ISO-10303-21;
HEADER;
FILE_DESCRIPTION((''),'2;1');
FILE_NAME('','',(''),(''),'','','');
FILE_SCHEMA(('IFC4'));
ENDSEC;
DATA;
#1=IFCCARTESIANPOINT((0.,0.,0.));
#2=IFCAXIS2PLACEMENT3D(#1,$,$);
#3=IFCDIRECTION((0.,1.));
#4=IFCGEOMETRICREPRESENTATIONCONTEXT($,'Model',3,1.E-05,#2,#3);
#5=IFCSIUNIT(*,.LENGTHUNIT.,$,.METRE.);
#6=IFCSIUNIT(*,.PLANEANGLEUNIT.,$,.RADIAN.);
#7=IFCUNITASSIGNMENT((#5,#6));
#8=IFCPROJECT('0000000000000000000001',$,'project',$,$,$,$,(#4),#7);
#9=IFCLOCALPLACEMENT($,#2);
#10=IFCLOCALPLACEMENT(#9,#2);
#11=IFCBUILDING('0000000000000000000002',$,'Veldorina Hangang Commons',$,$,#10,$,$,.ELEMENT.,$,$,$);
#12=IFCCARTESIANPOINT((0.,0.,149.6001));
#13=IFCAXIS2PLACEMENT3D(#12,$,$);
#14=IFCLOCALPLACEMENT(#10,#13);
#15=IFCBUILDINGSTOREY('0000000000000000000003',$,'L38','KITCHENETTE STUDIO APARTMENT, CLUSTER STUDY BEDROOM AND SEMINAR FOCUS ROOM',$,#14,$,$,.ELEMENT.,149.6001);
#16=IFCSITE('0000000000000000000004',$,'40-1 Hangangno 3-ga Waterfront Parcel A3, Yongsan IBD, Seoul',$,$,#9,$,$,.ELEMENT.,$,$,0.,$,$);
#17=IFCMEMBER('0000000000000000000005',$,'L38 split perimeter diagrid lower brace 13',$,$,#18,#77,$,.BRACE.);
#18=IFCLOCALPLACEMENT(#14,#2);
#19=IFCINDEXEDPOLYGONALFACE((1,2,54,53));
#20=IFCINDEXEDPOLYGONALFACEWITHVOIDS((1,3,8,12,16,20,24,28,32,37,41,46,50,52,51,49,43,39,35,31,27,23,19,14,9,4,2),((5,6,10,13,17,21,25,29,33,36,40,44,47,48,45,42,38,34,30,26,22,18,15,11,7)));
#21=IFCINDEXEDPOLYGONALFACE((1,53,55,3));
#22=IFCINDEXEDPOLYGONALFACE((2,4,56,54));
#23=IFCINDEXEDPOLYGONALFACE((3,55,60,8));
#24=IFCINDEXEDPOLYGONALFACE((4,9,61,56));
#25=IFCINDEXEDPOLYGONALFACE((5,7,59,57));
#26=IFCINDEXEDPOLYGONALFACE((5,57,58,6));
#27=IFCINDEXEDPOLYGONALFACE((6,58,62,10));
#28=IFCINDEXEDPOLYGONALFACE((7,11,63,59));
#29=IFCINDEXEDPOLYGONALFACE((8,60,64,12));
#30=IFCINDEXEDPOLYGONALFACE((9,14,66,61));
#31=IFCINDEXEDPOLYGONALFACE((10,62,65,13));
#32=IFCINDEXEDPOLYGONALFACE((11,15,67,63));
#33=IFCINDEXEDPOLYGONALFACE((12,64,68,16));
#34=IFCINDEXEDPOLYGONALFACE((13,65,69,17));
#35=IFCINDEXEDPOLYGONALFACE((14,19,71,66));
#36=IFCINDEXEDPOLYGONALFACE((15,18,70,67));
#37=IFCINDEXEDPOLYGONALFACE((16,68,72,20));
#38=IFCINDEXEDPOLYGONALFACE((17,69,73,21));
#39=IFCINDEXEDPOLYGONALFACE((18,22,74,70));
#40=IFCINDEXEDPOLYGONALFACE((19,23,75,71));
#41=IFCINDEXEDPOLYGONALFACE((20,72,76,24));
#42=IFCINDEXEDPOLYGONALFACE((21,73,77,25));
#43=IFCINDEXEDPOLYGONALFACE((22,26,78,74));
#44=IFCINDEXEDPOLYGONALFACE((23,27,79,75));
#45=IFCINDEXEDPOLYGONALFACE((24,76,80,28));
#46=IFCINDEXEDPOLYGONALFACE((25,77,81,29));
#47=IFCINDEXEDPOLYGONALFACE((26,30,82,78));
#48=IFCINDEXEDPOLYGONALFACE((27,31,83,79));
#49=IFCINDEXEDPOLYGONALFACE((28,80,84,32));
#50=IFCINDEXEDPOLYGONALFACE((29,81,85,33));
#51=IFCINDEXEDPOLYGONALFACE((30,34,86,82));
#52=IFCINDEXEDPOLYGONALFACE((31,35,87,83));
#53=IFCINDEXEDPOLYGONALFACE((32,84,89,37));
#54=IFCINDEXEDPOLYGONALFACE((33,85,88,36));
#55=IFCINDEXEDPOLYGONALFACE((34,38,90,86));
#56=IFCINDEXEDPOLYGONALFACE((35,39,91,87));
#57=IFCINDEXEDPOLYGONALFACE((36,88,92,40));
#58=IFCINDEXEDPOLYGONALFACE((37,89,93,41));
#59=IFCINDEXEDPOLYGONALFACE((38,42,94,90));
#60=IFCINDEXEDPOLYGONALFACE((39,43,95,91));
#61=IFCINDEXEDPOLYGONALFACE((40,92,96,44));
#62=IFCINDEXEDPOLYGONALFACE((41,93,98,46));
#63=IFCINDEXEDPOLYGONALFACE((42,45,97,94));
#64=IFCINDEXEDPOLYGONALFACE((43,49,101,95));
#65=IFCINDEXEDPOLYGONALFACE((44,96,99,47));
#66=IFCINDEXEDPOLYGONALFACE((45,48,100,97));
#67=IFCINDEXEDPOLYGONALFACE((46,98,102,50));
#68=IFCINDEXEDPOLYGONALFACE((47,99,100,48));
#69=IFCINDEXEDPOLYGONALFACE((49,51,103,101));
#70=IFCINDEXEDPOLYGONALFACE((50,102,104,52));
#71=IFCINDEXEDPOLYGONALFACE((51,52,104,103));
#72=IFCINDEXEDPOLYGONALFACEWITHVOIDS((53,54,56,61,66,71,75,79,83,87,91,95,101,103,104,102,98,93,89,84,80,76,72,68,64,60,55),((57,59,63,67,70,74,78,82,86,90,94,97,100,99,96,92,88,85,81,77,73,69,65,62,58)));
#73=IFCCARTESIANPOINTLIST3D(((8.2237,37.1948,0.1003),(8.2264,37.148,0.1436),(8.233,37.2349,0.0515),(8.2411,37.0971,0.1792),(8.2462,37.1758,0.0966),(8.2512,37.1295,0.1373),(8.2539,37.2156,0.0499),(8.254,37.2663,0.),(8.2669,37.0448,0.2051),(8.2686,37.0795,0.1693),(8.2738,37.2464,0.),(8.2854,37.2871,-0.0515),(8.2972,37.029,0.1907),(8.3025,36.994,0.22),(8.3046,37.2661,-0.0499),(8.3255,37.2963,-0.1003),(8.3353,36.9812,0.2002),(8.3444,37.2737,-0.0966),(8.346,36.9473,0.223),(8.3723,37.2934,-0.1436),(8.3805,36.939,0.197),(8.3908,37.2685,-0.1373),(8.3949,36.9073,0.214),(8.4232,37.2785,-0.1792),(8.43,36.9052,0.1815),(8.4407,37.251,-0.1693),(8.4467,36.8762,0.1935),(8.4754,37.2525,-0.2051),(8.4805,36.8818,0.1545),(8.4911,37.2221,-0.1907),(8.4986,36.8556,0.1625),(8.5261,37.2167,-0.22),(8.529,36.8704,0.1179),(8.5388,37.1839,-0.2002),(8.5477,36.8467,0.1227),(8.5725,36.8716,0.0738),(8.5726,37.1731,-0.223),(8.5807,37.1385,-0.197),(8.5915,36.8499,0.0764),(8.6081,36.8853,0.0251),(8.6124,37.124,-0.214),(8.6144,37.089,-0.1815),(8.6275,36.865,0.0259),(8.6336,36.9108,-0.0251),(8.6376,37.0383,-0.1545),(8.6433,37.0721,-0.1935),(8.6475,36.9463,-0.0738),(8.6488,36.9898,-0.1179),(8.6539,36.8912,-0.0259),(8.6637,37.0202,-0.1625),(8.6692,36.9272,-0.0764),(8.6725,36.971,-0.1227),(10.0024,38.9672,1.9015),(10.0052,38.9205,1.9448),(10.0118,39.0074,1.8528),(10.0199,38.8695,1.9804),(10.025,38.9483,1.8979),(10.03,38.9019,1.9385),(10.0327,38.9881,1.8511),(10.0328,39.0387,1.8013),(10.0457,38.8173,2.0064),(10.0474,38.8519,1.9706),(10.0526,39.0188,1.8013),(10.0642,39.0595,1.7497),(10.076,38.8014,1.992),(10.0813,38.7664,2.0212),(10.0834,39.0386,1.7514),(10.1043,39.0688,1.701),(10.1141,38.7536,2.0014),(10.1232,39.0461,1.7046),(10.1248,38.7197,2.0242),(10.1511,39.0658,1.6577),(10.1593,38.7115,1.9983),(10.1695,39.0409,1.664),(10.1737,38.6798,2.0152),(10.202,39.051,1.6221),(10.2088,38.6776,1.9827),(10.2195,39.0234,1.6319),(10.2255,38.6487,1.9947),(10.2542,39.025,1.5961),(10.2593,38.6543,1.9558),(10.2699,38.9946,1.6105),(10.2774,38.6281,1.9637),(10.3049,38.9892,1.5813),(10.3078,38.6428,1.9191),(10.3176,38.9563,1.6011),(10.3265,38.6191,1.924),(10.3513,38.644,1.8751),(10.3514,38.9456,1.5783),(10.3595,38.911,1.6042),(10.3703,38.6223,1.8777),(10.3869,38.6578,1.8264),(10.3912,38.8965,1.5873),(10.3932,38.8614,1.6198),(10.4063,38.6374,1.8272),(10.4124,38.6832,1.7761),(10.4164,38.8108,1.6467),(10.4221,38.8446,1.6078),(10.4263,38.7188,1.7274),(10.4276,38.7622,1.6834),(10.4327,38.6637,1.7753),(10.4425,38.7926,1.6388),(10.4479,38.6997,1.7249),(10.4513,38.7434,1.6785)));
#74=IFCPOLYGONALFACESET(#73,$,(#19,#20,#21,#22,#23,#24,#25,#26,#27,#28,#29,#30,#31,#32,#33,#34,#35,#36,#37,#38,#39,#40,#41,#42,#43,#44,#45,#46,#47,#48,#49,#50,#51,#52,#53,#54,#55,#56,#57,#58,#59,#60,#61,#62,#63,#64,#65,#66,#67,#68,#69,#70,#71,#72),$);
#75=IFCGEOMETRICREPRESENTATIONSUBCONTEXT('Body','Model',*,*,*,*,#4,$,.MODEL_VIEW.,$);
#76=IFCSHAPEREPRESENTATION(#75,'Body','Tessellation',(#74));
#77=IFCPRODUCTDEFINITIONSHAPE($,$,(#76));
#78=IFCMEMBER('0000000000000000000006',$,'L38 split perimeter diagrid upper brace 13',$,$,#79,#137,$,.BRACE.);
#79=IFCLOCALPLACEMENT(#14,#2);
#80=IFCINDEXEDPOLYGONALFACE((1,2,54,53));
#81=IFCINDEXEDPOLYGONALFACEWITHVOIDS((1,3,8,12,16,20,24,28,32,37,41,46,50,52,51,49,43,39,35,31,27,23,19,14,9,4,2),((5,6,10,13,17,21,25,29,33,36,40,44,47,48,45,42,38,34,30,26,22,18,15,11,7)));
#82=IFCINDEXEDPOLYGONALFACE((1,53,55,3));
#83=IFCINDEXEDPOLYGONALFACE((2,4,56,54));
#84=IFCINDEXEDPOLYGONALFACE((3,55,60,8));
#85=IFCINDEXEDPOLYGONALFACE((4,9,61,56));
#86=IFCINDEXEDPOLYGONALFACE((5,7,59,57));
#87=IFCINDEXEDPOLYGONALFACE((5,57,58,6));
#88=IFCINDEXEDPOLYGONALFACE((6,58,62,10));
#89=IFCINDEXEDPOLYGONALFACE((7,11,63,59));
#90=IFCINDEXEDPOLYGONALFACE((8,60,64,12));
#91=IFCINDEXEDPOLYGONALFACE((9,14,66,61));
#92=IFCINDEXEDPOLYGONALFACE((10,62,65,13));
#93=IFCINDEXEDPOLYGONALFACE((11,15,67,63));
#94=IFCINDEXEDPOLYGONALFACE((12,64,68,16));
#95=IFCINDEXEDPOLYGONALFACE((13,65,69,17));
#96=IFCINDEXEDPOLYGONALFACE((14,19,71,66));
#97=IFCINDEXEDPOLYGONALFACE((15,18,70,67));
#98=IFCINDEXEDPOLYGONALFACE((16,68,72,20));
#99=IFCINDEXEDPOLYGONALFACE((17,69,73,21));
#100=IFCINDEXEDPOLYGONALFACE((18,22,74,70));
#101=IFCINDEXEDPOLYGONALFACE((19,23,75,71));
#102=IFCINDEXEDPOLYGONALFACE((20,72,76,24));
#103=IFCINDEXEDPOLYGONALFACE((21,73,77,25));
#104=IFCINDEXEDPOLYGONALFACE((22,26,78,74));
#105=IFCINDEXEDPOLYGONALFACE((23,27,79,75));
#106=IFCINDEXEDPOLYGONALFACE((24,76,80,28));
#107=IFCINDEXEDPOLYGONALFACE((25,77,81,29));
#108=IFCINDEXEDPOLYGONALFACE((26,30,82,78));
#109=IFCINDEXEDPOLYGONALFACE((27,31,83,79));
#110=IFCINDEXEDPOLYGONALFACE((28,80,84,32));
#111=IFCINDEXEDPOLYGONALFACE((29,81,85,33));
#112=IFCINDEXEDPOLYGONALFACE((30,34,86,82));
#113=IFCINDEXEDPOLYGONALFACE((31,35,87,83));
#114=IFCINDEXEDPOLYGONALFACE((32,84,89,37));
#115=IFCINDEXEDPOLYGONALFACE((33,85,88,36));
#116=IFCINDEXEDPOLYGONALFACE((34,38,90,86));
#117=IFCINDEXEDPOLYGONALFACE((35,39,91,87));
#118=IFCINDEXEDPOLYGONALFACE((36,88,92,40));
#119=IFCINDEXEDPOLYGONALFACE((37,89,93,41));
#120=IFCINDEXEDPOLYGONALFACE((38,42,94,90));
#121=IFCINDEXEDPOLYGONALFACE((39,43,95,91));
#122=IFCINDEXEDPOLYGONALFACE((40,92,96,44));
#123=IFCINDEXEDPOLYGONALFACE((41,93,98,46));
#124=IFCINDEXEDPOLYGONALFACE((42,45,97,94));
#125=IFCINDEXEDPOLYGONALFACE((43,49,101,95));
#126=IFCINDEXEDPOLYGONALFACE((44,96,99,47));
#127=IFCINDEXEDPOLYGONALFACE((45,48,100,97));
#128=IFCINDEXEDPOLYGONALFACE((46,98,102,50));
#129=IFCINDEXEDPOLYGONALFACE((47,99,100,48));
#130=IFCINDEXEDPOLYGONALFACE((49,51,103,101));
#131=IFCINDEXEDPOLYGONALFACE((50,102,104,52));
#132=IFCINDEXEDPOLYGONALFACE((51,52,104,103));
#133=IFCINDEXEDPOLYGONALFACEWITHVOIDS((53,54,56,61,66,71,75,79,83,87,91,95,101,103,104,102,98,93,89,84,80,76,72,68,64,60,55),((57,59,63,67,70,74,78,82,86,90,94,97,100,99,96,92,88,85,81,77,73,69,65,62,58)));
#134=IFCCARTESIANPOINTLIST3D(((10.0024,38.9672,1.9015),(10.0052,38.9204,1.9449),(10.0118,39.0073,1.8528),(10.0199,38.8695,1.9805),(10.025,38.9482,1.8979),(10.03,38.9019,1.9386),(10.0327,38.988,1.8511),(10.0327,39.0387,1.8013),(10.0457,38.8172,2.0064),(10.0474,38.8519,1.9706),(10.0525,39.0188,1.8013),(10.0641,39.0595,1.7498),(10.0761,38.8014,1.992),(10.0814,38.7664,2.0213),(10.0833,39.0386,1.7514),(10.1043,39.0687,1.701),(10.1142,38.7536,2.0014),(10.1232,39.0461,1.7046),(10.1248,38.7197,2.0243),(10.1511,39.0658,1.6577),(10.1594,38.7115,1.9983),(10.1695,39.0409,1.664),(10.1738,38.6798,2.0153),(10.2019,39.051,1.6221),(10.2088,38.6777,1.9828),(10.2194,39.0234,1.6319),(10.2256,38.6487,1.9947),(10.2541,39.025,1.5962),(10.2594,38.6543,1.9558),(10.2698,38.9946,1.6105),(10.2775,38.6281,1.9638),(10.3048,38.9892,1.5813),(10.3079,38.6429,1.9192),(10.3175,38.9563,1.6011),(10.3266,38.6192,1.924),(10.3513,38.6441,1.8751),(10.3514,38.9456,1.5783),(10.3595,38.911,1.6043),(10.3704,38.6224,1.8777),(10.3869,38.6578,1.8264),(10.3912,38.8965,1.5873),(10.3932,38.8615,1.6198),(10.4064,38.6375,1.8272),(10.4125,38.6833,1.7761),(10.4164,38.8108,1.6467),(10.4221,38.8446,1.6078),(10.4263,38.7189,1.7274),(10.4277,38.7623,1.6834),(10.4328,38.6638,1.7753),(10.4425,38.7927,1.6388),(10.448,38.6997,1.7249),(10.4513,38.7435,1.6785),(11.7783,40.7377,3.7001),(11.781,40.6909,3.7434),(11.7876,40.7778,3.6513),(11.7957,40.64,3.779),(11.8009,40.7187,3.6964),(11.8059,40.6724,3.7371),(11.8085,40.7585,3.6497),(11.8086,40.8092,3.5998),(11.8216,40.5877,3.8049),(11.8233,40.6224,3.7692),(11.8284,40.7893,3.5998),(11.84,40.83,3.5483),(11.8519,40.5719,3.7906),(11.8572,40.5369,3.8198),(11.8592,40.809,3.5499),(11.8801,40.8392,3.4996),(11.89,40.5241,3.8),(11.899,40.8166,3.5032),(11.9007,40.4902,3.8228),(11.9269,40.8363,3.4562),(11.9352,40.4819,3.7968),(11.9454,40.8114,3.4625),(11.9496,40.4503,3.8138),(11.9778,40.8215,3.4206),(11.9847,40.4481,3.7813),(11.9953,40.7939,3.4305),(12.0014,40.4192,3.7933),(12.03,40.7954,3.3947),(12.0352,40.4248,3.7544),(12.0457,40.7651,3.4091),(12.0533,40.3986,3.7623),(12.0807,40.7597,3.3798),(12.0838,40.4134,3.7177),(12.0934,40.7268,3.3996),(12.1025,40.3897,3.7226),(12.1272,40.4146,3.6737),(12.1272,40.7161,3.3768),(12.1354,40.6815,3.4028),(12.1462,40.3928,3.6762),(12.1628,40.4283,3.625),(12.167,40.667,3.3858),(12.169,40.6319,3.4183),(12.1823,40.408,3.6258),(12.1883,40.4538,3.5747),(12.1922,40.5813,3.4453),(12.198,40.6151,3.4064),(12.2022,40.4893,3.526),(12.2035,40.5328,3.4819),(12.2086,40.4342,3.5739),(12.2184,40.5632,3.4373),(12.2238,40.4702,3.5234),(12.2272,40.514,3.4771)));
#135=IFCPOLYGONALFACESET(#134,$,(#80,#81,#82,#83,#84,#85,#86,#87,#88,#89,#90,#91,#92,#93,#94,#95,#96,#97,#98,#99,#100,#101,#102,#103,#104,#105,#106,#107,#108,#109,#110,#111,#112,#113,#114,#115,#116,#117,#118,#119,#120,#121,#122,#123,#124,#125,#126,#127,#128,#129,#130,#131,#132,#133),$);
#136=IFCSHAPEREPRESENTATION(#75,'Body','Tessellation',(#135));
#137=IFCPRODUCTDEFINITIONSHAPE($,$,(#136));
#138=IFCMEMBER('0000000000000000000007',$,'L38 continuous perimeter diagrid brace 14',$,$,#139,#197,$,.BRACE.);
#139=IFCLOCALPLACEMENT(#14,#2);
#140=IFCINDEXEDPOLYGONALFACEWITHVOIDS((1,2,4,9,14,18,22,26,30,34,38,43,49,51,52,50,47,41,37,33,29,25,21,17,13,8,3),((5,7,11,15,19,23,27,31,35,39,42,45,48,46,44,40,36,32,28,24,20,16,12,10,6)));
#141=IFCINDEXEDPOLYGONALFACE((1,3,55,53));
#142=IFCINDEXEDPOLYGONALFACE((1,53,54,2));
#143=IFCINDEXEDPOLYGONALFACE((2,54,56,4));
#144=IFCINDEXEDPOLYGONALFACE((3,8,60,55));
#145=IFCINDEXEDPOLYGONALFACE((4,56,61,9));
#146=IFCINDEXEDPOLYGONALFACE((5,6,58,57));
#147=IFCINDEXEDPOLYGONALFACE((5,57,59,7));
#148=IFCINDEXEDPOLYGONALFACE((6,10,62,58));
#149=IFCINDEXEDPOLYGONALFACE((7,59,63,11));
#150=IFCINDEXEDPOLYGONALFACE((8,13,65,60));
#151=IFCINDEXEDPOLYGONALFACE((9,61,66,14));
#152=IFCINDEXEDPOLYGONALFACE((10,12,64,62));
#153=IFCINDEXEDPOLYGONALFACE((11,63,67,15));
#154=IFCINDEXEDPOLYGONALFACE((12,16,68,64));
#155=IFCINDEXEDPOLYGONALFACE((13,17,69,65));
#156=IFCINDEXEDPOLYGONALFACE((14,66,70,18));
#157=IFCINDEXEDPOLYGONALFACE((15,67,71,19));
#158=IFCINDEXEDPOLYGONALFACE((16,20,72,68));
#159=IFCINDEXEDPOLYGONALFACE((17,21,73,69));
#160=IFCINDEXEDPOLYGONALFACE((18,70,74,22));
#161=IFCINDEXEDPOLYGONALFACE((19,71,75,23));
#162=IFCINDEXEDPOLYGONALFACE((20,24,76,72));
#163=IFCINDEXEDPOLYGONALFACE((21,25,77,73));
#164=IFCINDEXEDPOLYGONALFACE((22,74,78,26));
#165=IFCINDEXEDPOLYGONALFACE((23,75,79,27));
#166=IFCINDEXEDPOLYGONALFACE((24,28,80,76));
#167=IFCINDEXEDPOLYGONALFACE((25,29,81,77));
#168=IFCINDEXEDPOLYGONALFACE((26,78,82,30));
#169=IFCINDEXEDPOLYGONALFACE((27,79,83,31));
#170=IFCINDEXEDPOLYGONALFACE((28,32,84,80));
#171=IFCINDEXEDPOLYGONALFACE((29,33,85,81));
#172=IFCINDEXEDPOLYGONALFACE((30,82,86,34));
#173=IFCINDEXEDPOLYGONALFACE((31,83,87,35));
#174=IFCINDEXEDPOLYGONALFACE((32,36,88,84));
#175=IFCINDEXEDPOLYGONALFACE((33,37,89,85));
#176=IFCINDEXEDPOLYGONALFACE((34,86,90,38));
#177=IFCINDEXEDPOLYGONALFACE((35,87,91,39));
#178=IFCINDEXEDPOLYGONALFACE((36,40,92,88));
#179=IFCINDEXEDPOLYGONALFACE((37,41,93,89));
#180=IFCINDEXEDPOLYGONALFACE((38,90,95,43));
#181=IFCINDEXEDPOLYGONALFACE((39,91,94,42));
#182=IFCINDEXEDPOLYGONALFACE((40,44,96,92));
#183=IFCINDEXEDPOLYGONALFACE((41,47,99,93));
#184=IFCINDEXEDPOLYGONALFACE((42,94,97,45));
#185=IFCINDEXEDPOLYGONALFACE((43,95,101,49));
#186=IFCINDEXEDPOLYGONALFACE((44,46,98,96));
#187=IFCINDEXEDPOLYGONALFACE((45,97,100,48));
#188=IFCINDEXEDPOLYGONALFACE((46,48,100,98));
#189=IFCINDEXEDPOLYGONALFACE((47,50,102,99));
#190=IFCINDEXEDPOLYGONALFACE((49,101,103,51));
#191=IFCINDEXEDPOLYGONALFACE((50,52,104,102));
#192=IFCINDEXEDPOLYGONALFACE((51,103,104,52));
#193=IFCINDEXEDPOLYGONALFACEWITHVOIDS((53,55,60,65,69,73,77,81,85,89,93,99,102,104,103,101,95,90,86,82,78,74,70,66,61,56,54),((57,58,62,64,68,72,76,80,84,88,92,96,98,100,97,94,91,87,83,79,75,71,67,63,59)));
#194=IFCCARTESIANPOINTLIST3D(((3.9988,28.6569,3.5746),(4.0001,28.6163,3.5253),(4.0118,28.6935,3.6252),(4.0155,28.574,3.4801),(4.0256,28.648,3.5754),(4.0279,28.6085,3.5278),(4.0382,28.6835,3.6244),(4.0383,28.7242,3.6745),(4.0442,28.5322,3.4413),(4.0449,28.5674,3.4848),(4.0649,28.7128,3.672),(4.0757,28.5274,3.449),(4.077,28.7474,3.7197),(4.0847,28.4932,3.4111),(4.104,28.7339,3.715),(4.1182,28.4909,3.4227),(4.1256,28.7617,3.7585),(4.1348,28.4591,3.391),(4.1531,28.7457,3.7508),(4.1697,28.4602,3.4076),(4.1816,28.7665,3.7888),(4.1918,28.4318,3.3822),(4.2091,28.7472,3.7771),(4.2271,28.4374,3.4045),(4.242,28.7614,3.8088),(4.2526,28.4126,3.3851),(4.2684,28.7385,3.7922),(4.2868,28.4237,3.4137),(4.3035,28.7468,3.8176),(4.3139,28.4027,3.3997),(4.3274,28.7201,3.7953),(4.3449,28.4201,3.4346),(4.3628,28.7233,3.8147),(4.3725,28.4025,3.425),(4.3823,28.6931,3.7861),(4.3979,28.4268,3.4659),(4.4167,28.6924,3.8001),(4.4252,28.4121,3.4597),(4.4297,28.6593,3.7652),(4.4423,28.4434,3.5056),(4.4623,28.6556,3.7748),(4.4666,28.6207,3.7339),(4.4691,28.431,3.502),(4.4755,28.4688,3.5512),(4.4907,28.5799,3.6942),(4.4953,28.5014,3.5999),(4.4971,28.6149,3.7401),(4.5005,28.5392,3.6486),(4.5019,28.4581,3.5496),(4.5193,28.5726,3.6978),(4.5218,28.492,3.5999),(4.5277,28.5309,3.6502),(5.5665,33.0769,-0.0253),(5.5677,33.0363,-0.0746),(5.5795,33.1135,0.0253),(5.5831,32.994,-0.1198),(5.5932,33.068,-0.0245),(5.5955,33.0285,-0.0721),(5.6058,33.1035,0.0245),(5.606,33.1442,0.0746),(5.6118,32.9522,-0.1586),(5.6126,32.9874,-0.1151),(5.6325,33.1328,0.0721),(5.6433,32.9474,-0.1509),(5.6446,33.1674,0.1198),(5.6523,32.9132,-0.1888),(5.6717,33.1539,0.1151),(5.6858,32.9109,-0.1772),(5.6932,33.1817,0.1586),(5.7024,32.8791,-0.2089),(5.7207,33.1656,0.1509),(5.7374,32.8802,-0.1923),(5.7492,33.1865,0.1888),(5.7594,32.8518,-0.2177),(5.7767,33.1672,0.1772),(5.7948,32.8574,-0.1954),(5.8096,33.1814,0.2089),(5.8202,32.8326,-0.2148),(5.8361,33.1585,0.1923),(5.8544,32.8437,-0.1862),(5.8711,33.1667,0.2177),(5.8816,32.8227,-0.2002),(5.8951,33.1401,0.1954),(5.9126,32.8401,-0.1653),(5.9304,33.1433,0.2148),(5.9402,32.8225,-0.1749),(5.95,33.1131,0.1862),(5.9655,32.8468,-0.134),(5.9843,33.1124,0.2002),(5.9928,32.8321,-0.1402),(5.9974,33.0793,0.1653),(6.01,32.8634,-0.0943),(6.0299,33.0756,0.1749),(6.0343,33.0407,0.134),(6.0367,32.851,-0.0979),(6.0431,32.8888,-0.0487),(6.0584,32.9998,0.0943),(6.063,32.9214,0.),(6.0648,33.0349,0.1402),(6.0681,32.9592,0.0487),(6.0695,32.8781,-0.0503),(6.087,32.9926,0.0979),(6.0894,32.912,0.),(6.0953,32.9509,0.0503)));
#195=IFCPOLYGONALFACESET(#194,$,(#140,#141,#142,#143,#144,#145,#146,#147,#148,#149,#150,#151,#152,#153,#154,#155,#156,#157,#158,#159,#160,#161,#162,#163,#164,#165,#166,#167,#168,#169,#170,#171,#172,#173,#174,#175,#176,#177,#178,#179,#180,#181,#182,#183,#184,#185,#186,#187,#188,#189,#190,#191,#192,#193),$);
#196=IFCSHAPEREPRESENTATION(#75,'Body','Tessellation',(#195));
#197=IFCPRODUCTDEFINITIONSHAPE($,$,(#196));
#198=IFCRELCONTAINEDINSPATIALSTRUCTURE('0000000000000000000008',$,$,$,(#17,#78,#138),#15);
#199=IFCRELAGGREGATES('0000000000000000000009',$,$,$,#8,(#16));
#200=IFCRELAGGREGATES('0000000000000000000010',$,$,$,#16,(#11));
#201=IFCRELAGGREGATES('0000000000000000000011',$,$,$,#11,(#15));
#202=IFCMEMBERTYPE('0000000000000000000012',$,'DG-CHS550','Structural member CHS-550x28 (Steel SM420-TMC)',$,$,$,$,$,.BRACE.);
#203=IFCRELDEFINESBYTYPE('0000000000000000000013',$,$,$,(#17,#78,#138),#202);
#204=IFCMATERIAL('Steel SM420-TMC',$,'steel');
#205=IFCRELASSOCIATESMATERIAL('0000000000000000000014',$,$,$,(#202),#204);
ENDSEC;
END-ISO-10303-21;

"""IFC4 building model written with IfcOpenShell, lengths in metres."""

from ifc_helpers import new_model, si_unit, direction, frame, origin, origin_2d, place, context, subcontext, project, spatial, hollow_circle, extrude, material, material_profile, profile_set, type_object, element, save


model = new_model("IFC4")

# Units and contexts
model_context = context("Model", 3, precision=1e-05, world=origin(), true_north=direction((0.0, 1.0)))
body_context = subcontext(model_context, "Body", "Model", "MODEL_VIEW")
ifc_project = project(units=[si_unit("LENGTHUNIT", "METRE"), si_unit("PLANEANGLEUNIT", "RADIAN")], contexts=[model_context])

# Site, building, storey
site_placement = place(None, origin())
site = spatial("IfcSite", under=ifc_project, at=site_placement, Name="40-1 Hangangno 3-ga Waterfront Parcel A3, Yongsan IBD, Seoul", CompositionType="ELEMENT", RefElevation=0.0)
building_placement = place(site_placement, origin())
building = spatial("IfcBuilding", under=site, at=building_placement, Name="Veldorina Hangang Commons", CompositionType="ELEMENT")
storey_placement = place(building_placement, frame((0.0, 0.0, 149.6001)))
storey = spatial("IfcBuildingStorey", under=building, at=storey_placement, Name="L38", Description="KITCHENETTE STUDIO APARTMENT, CLUSTER STUDY BEDROOM AND SEMINAR FOCUS ROOM", CompositionType="ELEMENT", Elevation=149.6001)

# Shared definitions
ifc_material_1 = material(Name="Steel SM420-TMC", Category="steel")

# Members
ifc_material_profile_1 = material_profile(ifc_material_1, hollow_circle(Radius=0.2749, WallThickness=0.0281, at=origin_2d()), Name="CHS-550x28")
ifc_profile_set_1 = profile_set([ifc_material_profile_1], Name="Steel SM420-TMC")
member_type = type_object("IfcMemberType", Name="DG-CHS550", Description="Structural member CHS-550x28 (Steel SM420-TMC)", PredefinedType="BRACE", material=ifc_profile_set_1)
member_1_placement = place(storey_placement, frame((8.448, 37.0715, 0.0), z_axis=(0.575598, 0.573544, 0.582866), x_axis=(-0.705842, 0.70837, 0.0)))
element("IfcMember", 1, at=member_1_placement, inside=storey, type_object=member_type, Name="L38 split perimeter diagrid lower brace 13", PredefinedType="BRACE", context=body_context, shape_type="SweptSolid", body=[
    extrude(hollow_circle(Radius=0.2749, WallThickness=0.0281, at=origin_2d()), origin(), (0.0, 0.0, 1.0), 3.0903),
])
member_2_placement = place(storey_placement, frame((10.2268, 38.844, 1.8013), z_axis=(0.575464, 0.573724, 0.582822), x_axis=(-0.706035, 0.708177, 0.0)))
element("IfcMember", 2, at=member_2_placement, inside=storey, type_object=member_type, Name="L38 split perimeter diagrid upper brace 13", PredefinedType="BRACE", context=body_context, shape_type="SweptSolid", body=[
    extrude(hollow_circle(Radius=0.2749, WallThickness=0.0281, at=origin_2d()), origin(), (0.0, 0.0, 1.0), 3.0859),
])
member_3_placement = place(storey_placement, frame((5.8303, 33.0039, 0.0), z_axis=(-0.265159, -0.747615, 0.608903), x_axis=(0.942477, -0.334271, 0.0)))
element("IfcMember", 3, at=member_3_placement, inside=storey, type_object=member_type, Name="L38 continuous perimeter diagrid brace 14", PredefinedType="BRACE", context=body_context, shape_type="SweptSolid", body=[
    extrude(hollow_circle(Radius=0.2749, WallThickness=0.0281, at=origin_2d()), origin(), (0.0, 0.0, 1.0), 5.9121),
])

save(model, "model.ifc")
